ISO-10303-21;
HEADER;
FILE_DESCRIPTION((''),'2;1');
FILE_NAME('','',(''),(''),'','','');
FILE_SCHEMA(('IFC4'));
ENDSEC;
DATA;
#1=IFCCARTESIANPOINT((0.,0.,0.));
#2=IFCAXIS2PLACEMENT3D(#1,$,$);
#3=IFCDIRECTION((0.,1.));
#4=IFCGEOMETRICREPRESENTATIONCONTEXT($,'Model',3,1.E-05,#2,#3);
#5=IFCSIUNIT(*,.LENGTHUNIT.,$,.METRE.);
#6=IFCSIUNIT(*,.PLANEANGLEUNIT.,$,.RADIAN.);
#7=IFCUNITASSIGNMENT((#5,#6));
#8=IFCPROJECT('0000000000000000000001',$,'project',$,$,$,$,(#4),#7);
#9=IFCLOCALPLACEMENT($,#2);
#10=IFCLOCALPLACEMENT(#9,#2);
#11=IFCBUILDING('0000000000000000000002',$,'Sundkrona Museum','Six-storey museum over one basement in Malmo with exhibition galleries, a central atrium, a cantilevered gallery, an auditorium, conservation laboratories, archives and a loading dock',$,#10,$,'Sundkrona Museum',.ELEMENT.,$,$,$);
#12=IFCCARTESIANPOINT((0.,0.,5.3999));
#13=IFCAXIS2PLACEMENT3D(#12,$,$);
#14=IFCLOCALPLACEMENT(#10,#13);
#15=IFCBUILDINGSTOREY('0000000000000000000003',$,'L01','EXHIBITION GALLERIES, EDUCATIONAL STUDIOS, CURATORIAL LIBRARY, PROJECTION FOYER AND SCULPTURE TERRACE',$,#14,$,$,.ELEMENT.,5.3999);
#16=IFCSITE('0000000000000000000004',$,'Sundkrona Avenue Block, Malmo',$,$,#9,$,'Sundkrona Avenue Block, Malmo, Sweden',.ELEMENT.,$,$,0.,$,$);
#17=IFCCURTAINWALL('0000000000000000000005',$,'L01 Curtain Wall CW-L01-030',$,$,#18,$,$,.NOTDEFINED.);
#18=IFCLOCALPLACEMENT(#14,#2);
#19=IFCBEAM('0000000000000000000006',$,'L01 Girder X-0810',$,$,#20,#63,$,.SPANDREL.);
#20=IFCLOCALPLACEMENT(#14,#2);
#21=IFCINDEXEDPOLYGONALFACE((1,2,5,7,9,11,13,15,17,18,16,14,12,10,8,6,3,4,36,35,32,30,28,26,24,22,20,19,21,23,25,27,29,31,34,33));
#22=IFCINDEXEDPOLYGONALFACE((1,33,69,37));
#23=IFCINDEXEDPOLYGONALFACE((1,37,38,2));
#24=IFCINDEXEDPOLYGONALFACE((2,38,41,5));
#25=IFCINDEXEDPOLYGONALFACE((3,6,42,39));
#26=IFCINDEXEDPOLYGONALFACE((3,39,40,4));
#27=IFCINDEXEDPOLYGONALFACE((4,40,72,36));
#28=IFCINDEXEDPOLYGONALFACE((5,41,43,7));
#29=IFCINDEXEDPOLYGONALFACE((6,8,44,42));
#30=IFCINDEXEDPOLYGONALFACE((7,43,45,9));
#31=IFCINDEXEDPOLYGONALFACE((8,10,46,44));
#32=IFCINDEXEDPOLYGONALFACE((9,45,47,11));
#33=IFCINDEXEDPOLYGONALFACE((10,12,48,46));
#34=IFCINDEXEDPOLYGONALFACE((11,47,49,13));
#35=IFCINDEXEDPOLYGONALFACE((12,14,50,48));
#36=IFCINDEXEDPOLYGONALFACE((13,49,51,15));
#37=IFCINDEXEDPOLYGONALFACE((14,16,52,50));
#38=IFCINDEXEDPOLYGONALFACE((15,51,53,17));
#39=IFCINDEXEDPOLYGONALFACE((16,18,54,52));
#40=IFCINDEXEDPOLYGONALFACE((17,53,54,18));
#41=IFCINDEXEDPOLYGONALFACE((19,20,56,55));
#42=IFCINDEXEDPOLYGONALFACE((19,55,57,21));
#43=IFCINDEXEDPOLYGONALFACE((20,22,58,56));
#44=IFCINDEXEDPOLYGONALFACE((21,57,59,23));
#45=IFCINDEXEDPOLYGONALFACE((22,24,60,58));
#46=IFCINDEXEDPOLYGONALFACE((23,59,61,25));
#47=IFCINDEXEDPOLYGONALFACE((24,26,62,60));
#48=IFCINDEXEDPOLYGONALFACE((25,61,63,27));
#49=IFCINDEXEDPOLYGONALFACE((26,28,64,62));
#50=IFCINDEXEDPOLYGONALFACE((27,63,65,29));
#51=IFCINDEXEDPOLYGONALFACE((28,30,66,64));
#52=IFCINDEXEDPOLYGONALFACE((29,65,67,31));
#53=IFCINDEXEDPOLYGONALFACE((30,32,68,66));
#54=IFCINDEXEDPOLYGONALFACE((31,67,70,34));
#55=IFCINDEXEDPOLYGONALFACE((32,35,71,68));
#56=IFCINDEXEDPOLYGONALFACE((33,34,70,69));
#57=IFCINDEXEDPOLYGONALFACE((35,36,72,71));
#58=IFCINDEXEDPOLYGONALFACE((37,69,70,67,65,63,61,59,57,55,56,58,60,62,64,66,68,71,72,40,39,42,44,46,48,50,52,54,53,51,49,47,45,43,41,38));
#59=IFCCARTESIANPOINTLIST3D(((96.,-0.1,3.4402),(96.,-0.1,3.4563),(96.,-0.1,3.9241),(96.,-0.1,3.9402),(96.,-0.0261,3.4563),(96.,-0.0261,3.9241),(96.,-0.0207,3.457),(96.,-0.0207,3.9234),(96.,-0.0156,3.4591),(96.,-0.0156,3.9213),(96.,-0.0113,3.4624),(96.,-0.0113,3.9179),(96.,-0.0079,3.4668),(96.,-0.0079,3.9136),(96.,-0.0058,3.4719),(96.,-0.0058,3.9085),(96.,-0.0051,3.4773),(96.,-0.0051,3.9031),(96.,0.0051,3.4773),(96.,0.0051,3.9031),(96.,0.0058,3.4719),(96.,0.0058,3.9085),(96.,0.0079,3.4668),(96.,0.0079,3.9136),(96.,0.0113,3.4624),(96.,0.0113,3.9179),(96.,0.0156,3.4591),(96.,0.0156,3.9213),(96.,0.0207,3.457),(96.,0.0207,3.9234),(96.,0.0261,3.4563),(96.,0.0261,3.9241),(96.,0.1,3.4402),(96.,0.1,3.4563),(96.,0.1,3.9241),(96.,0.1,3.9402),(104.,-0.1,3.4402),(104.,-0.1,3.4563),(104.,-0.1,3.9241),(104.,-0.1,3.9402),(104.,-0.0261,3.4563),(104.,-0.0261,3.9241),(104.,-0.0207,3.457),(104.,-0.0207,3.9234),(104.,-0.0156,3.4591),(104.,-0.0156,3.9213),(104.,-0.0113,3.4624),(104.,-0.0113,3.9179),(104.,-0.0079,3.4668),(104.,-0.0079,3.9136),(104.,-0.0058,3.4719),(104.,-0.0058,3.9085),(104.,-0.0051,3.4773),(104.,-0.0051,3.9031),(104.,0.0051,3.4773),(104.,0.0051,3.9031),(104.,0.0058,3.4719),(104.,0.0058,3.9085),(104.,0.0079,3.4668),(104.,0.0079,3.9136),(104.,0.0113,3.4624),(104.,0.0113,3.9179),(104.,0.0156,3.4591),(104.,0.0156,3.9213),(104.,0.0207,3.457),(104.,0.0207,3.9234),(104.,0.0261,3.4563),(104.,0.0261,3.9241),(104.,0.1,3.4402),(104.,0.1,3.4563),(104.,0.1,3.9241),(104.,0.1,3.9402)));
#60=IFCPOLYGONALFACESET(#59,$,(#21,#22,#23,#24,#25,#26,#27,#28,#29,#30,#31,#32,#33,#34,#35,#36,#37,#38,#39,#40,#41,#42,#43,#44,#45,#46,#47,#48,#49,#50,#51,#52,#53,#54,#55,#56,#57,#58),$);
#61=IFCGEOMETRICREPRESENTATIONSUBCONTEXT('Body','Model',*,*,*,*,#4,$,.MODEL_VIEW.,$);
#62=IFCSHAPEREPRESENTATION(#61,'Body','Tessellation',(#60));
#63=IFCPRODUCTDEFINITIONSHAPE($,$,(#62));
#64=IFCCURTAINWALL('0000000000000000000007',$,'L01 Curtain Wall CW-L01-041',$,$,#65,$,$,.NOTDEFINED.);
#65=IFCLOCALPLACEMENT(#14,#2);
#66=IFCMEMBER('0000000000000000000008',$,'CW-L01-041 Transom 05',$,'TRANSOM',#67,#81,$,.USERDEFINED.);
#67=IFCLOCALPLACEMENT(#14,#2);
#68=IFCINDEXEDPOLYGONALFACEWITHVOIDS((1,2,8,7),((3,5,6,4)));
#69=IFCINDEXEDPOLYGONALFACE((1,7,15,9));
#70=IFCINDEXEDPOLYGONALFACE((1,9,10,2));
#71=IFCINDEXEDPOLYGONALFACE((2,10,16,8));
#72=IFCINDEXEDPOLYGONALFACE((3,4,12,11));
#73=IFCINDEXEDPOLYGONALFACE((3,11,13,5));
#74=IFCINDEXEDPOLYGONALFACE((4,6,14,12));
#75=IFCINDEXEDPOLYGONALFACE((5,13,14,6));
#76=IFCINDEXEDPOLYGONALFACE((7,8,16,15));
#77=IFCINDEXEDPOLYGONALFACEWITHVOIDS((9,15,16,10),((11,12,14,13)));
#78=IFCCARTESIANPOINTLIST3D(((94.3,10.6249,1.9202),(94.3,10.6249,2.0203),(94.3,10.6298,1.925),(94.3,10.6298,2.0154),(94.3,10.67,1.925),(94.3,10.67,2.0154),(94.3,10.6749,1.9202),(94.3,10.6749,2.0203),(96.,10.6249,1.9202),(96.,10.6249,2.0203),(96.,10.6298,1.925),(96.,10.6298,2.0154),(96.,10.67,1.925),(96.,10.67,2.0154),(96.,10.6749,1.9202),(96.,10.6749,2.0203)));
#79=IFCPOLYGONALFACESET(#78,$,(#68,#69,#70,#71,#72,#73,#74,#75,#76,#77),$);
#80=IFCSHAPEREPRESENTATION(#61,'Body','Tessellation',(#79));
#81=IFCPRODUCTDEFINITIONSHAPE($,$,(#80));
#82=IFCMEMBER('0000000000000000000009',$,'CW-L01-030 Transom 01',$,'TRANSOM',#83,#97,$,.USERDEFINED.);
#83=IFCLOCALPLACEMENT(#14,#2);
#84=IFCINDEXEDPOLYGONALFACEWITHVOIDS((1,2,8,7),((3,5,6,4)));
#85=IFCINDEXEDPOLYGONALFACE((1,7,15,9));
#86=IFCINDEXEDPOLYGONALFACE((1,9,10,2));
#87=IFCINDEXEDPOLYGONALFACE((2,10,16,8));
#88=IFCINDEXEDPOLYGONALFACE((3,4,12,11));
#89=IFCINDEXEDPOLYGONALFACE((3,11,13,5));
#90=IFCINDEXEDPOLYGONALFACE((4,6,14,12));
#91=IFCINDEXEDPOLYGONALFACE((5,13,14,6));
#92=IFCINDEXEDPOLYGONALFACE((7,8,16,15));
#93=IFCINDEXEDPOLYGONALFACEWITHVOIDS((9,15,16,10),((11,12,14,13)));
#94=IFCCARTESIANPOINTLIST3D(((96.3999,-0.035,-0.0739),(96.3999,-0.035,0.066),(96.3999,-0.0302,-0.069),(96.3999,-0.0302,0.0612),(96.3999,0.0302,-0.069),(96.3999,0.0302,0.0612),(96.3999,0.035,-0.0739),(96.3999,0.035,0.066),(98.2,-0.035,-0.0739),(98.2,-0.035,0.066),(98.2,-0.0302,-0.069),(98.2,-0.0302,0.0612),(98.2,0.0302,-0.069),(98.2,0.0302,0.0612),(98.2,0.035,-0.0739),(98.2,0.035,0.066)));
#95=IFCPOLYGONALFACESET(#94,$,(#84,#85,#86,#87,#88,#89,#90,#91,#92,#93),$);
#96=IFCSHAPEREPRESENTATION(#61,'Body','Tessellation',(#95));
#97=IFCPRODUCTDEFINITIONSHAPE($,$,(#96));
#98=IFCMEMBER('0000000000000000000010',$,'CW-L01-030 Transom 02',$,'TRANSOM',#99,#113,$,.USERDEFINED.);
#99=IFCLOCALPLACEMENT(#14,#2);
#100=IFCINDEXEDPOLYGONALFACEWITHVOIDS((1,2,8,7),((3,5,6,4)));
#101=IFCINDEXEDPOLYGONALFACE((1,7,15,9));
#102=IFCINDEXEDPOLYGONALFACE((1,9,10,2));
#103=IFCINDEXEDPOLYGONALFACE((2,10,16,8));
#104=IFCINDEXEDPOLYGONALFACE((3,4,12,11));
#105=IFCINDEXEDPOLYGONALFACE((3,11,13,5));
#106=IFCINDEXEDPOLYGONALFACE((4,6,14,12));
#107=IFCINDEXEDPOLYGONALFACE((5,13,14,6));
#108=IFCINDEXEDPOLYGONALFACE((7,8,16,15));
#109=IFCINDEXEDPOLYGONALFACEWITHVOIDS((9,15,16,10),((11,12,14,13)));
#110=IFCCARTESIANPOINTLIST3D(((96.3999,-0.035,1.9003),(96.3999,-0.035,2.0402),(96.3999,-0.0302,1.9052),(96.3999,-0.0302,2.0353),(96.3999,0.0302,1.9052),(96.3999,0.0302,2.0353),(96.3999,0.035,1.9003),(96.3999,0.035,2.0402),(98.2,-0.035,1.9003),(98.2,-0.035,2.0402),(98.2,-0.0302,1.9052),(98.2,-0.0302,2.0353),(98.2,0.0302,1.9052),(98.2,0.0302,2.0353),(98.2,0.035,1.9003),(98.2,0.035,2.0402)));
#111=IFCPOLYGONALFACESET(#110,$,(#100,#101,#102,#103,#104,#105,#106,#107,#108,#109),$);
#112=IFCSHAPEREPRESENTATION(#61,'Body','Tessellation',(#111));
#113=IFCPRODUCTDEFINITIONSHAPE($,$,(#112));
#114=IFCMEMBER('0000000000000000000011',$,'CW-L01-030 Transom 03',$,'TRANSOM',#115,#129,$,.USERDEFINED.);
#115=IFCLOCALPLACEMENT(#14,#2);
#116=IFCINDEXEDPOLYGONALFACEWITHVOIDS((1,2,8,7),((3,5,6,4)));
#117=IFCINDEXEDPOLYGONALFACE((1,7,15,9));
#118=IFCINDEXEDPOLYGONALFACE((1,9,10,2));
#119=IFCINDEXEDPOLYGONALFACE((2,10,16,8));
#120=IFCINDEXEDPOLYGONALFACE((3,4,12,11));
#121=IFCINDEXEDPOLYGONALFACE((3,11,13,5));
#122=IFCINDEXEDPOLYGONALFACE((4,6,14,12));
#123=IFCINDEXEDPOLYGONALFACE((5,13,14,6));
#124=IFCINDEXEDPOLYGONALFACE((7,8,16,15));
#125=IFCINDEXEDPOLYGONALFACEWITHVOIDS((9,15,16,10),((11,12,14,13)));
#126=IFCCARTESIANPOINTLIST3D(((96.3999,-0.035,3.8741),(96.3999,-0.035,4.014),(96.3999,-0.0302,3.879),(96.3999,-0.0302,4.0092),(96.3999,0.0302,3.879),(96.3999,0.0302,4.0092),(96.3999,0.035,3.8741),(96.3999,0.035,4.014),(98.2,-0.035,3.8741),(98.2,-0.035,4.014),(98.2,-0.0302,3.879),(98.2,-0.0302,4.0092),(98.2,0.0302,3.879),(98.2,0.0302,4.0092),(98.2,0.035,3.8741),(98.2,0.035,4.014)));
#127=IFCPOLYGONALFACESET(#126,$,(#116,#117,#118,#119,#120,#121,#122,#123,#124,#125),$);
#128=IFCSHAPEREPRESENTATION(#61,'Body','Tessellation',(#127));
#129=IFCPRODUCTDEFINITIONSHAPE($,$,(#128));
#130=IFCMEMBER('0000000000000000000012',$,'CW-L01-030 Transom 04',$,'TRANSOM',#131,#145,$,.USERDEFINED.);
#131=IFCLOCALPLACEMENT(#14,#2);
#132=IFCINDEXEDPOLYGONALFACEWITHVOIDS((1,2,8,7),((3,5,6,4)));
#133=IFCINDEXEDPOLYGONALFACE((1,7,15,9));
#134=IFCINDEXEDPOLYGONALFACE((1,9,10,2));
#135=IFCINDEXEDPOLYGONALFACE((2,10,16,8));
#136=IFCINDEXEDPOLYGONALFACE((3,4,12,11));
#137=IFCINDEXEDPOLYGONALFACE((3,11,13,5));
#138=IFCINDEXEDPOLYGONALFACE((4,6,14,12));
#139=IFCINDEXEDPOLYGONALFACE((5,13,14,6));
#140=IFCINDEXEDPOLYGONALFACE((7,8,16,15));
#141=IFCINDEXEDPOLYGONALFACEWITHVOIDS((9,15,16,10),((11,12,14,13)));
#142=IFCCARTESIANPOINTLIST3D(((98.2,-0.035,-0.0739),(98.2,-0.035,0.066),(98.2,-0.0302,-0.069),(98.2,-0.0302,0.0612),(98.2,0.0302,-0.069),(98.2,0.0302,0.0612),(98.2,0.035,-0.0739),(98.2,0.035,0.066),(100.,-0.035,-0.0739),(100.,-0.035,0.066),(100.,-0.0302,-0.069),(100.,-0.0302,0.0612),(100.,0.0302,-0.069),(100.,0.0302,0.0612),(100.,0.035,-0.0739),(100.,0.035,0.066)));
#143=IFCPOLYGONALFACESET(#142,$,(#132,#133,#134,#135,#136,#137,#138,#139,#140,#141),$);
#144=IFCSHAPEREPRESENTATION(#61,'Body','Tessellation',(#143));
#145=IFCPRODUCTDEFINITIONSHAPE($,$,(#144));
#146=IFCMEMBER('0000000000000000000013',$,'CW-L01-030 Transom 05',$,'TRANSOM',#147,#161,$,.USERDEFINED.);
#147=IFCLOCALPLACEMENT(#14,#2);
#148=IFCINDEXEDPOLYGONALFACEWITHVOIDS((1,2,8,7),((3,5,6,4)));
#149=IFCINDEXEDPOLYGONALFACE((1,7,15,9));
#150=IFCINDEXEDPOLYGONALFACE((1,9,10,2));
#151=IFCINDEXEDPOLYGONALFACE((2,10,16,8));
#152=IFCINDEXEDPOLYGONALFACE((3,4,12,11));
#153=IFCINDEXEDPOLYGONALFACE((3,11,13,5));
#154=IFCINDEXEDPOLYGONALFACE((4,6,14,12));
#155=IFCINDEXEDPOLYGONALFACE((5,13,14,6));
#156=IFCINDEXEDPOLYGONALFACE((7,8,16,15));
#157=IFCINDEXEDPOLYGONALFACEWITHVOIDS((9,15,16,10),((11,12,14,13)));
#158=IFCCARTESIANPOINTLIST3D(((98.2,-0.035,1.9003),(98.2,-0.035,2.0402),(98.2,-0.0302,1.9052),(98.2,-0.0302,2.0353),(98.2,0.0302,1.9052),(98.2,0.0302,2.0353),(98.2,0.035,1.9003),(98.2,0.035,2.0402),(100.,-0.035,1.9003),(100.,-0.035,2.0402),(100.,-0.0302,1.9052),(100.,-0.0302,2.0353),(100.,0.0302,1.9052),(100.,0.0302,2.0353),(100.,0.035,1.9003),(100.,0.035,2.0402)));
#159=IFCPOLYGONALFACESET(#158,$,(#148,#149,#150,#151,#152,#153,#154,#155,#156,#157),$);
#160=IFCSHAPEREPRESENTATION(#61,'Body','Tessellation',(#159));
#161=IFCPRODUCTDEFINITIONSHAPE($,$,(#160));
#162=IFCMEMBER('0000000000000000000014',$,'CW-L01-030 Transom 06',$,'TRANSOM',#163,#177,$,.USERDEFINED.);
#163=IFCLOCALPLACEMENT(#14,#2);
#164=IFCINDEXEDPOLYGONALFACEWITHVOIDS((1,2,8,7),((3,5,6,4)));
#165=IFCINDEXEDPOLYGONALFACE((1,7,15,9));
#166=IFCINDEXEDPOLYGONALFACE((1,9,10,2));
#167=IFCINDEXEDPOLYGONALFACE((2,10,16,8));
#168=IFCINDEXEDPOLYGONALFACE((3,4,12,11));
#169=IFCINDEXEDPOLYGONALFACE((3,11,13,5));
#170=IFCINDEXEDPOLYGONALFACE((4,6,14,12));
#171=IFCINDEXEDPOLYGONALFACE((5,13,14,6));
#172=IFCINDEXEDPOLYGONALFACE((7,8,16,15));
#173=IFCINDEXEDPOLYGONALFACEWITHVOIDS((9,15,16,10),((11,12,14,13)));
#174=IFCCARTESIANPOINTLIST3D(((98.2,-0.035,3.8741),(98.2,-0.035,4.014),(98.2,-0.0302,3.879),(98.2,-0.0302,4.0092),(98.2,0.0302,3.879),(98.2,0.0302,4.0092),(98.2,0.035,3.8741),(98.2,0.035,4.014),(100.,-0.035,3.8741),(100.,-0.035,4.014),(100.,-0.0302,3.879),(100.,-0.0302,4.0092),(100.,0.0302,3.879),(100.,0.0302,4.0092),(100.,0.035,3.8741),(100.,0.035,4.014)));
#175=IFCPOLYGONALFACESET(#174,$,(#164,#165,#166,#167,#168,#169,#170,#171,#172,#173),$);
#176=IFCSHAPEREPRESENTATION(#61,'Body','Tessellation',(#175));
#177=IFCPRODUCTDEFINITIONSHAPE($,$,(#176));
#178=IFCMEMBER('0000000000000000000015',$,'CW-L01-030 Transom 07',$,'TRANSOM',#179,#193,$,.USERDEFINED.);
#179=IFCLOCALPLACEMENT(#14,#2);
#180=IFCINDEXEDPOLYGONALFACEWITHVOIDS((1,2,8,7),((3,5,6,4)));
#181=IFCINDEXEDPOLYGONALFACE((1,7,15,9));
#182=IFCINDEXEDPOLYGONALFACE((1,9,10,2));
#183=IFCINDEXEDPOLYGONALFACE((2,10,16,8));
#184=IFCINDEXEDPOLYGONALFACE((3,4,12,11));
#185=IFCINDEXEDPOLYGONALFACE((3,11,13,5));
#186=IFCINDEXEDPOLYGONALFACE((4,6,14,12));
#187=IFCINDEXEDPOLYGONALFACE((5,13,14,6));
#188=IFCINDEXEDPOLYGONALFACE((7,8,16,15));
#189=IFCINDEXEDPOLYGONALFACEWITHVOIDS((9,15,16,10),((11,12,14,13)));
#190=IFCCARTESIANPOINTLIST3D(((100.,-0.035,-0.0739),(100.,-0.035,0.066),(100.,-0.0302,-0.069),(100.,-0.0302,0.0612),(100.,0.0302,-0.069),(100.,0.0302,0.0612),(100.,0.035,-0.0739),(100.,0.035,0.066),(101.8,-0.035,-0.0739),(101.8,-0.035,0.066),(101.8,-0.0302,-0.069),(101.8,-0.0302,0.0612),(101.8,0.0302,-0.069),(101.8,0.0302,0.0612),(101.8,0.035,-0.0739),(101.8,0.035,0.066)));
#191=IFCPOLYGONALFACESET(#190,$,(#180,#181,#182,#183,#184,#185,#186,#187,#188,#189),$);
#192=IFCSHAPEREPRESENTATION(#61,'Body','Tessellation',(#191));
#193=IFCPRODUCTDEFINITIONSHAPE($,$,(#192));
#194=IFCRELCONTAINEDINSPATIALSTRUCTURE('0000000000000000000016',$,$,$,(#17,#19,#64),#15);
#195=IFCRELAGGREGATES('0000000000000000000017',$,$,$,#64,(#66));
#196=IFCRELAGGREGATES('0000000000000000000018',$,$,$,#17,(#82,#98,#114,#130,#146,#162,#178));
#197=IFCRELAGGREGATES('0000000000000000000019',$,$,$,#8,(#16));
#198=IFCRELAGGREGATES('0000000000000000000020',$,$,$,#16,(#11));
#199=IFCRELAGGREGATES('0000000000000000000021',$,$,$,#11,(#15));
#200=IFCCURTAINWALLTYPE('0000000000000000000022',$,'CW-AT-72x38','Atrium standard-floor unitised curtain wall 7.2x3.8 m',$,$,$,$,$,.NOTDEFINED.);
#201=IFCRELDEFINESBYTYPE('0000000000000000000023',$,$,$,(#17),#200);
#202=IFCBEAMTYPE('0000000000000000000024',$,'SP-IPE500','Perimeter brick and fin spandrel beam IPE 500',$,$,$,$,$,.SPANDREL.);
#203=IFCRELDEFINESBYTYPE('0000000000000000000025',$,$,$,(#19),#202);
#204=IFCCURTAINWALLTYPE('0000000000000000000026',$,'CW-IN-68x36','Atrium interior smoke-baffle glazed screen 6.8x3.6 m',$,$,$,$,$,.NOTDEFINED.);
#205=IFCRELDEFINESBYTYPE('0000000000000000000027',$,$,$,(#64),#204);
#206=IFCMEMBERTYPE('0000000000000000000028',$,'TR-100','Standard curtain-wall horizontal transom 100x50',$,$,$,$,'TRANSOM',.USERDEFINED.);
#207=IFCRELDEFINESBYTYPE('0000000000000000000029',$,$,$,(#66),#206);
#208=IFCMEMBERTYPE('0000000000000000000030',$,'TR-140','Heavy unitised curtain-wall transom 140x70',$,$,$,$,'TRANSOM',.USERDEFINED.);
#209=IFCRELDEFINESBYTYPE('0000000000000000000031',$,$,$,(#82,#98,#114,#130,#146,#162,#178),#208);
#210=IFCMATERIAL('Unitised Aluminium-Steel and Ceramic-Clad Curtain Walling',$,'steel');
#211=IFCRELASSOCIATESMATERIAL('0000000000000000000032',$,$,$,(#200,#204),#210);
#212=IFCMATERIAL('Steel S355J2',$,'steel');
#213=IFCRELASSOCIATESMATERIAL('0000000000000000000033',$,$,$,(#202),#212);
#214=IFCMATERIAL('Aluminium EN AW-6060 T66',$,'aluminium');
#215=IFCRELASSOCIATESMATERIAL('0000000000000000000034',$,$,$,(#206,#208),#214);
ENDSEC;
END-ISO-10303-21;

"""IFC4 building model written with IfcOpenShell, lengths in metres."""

from ifc_helpers import new_model, si_unit, direction, frame, origin, origin_2d, place, context, subcontext, project, spatial, hollow_rectangle, i_section, extrude, material, material_profile, profile_set, type_object, element, aggregate, save


model = new_model("IFC4")

# Units and contexts
model_context = context("Model", 3, precision=1e-05, world=origin(), true_north=direction((0.0, 1.0)))
body_context = subcontext(model_context, "Body", "Model", "MODEL_VIEW")
ifc_project = project(units=[si_unit("LENGTHUNIT", "METRE"), si_unit("PLANEANGLEUNIT", "RADIAN")], contexts=[model_context])

# Site, building, storey
site_placement = place(None, origin())
site = spatial("IfcSite", under=ifc_project, at=site_placement, Name="Sundkrona Avenue Block, Malmo", LongName="Sundkrona Avenue Block, Malmo, Sweden", CompositionType="ELEMENT", RefElevation=0.0)
building_placement = place(site_placement, origin())
building = spatial("IfcBuilding", under=site, at=building_placement, Name="Sundkrona Museum", Description="Six-storey museum over one basement in Malmo with exhibition galleries, a central atrium, a cantilevered gallery, an auditorium, conservation laboratories, archives and a loading dock", LongName="Sundkrona Museum", CompositionType="ELEMENT")
storey_placement = place(building_placement, frame((0.0, 0.0, 5.3999)))
storey = spatial("IfcBuildingStorey", under=building, at=storey_placement, Name="L01", Description="EXHIBITION GALLERIES, EDUCATIONAL STUDIOS, CURATORIAL LIBRARY, PROJECTION FOYER AND SCULPTURE TERRACE", CompositionType="ELEMENT", Elevation=5.3999)

# Shared definitions
ifc_material_1 = material(Name="Steel S355J2", Category="steel")

# Shared definitions
ifc_material_2 = material(Name="Unitised Aluminium-Steel and Ceramic-Clad Curtain Walling", Category="steel")
curtain_wall_type_1 = type_object("IfcCurtainWallType", Name="CW-AT-72x38", Description="Atrium standard-floor unitised curtain wall 7.2x3.8 m", PredefinedType="NOTDEFINED", material=ifc_material_2)
ifc_material_3 = material(Name="Aluminium EN AW-6060 T66", Category="aluminium")

# Curtain wall
curtain_wall_1_placement = place(storey_placement, origin())
curtain_wall_1 = element("IfcCurtainWall", 1, at=curtain_wall_1_placement, inside=storey, type_object=curtain_wall_type_1, Name="L01 Curtain Wall CW-L01-030", PredefinedType="NOTDEFINED")

# Beam
ifc_material_profile_1 = material_profile(ifc_material_1, i_section(OverallWidth=0.2, OverallDepth=0.5, WebThickness=0.0103, FlangeThickness=0.0161, FilletRadius=0.021, at=origin_2d()), Name="IPE 500")
ifc_profile_set_1 = profile_set([ifc_material_profile_1], Name="Steel S355J2")
beam_type_1 = type_object("IfcBeamType", Name="SP-IPE500", Description="Perimeter brick and fin spandrel beam IPE 500", PredefinedType="SPANDREL", material=ifc_profile_set_1)
beam_placement = place(storey_placement, frame((96.0, 0.0, 3.6902), z_axis=(1.0, 0.0, 0.0), x_axis=(0.0, 1.0, 0.0)))
element("IfcBeam", 2, at=beam_placement, inside=storey, type_object=beam_type_1, Name="L01 Girder X-0810", PredefinedType="SPANDREL", context=body_context, shape_type="SweptSolid", body=[
    extrude(i_section(OverallWidth=0.2, OverallDepth=0.5, WebThickness=0.0103, FlangeThickness=0.0161, FilletRadius=0.021, at=origin_2d()), origin(), (0.0, 0.0, 1.0), 8.0),
])

# Curtain wall, member
curtain_wall_type_2 = type_object("IfcCurtainWallType", Name="CW-IN-68x36", Description="Atrium interior smoke-baffle glazed screen 6.8x3.6 m", PredefinedType="NOTDEFINED", material=ifc_material_2)
curtain_wall_2_placement = place(storey_placement, origin())
curtain_wall_2 = element("IfcCurtainWall", 3, at=curtain_wall_2_placement, inside=storey, type_object=curtain_wall_type_2, Name="L01 Curtain Wall CW-L01-041", PredefinedType="NOTDEFINED")
ifc_material_profile_2 = material_profile(ifc_material_3, hollow_rectangle(XDim=0.05, YDim=0.1001, WallThickness=0.0049, at=origin_2d()), Name="RHS 100x50x5.0")
ifc_profile_set_2 = profile_set([ifc_material_profile_2], Name="Aluminium EN AW-6060 T66")
member_type_1 = type_object("IfcMemberType", Name="TR-100", Description="Standard curtain-wall horizontal transom 100x50", ElementType="TRANSOM", PredefinedType="USERDEFINED", material=ifc_profile_set_2)
member_1_placement = place(storey_placement, frame((94.3, 10.6499, 1.9702), z_axis=(1.0, 0.0, 0.0), x_axis=(0.0, 1.0, 0.0)))
member_1 = element("IfcMember", 4, at=member_1_placement, type_object=member_type_1, Name="CW-L01-041 Transom 05", ObjectType="TRANSOM", PredefinedType="USERDEFINED", context=body_context, shape_type="SweptSolid", body=[
    extrude(hollow_rectangle(XDim=0.05, YDim=0.1001, WallThickness=0.0049, at=origin_2d()), origin(), (0.0, 0.0, 1.0), 1.7),
])
aggregate(curtain_wall_2, [member_1])

# Members
ifc_material_profile_3 = material_profile(ifc_material_3, hollow_rectangle(XDim=0.0701, YDim=0.1399, WallThickness=0.0049, at=origin_2d()), Name="RHS 140x70x5.0")
ifc_profile_set_3 = profile_set([ifc_material_profile_3], Name="Aluminium EN AW-6060 T66")
member_type_2 = type_object("IfcMemberType", Name="TR-140", Description="Heavy unitised curtain-wall transom 140x70", ElementType="TRANSOM", PredefinedType="USERDEFINED", material=ifc_profile_set_3)
member_2_placement = place(storey_placement, frame((96.3999, 0.0, -0.0039), z_axis=(1.0, 0.0, 0.0), x_axis=(0.0, 1.0, 0.0)))
member_2 = element("IfcMember", 5, at=member_2_placement, type_object=member_type_2, Name="CW-L01-030 Transom 01", ObjectType="TRANSOM", PredefinedType="USERDEFINED", context=body_context, shape_type="SweptSolid", body=[
    extrude(hollow_rectangle(XDim=0.0701, YDim=0.1399, WallThickness=0.0049, at=origin_2d()), origin(), (0.0, 0.0, 1.0), 1.8),
])
member_3_placement = place(storey_placement, frame((96.3999, 0.0, 1.9702), z_axis=(1.0, 0.0, 0.0), x_axis=(0.0, 1.0, 0.0)))
member_3 = element("IfcMember", 6, at=member_3_placement, type_object=member_type_2, Name="CW-L01-030 Transom 02", ObjectType="TRANSOM", PredefinedType="USERDEFINED", context=body_context, shape_type="SweptSolid", body=[
    extrude(hollow_rectangle(XDim=0.0701, YDim=0.1399, WallThickness=0.0049, at=origin_2d()), origin(), (0.0, 0.0, 1.0), 1.8),
])
member_4_placement = place(storey_placement, frame((96.3999, 0.0, 3.9441), z_axis=(1.0, 0.0, 0.0), x_axis=(0.0, 1.0, 0.0)))
member_4 = element("IfcMember", 7, at=member_4_placement, type_object=member_type_2, Name="CW-L01-030 Transom 03", ObjectType="TRANSOM", PredefinedType="USERDEFINED", context=body_context, shape_type="SweptSolid", body=[
    extrude(hollow_rectangle(XDim=0.0701, YDim=0.1399, WallThickness=0.0049, at=origin_2d()), origin(), (0.0, 0.0, 1.0), 1.8),
])
member_5_placement = place(storey_placement, frame((98.2, 0.0, -0.0039), z_axis=(1.0, 0.0, 0.0), x_axis=(0.0, 1.0, 0.0)))
member_5 = element("IfcMember", 8, at=member_5_placement, type_object=member_type_2, Name="CW-L01-030 Transom 04", ObjectType="TRANSOM", PredefinedType="USERDEFINED", context=body_context, shape_type="SweptSolid", body=[
    extrude(hollow_rectangle(XDim=0.0701, YDim=0.1399, WallThickness=0.0049, at=origin_2d()), origin(), (0.0, 0.0, 1.0), 1.8),
])
member_6_placement = place(storey_placement, frame((98.2, 0.0, 1.9702), z_axis=(1.0, 0.0, 0.0), x_axis=(0.0, 1.0, 0.0)))
member_6 = element("IfcMember", 9, at=member_6_placement, type_object=member_type_2, Name="CW-L01-030 Transom 05", ObjectType="TRANSOM", PredefinedType="USERDEFINED", context=body_context, shape_type="SweptSolid", body=[
    extrude(hollow_rectangle(XDim=0.0701, YDim=0.1399, WallThickness=0.0049, at=origin_2d()), origin(), (0.0, 0.0, 1.0), 1.8),
])
member_7_placement = place(storey_placement, frame((98.2, 0.0, 3.9441), z_axis=(1.0, 0.0, 0.0), x_axis=(0.0, 1.0, 0.0)))
member_7 = element("IfcMember", 10, at=member_7_placement, type_object=member_type_2, Name="CW-L01-030 Transom 06", ObjectType="TRANSOM", PredefinedType="USERDEFINED", context=body_context, shape_type="SweptSolid", body=[
    extrude(hollow_rectangle(XDim=0.0701, YDim=0.1399, WallThickness=0.0049, at=origin_2d()), origin(), (0.0, 0.0, 1.0), 1.8),
])
member_8_placement = place(storey_placement, frame((100.0, 0.0, -0.0039), z_axis=(1.0, 0.0, 0.0), x_axis=(0.0, 1.0, 0.0)))
member_8 = element("IfcMember", 11, at=member_8_placement, type_object=member_type_2, Name="CW-L01-030 Transom 07", ObjectType="TRANSOM", PredefinedType="USERDEFINED", context=body_context, shape_type="SweptSolid", body=[
    extrude(hollow_rectangle(XDim=0.0701, YDim=0.1399, WallThickness=0.0049, at=origin_2d()), origin(), (0.0, 0.0, 1.0), 1.8),
])

aggregate(curtain_wall_1, [member_2, member_3, member_4, member_5, member_6, member_7, member_8])

save(model, "model.ifc")
